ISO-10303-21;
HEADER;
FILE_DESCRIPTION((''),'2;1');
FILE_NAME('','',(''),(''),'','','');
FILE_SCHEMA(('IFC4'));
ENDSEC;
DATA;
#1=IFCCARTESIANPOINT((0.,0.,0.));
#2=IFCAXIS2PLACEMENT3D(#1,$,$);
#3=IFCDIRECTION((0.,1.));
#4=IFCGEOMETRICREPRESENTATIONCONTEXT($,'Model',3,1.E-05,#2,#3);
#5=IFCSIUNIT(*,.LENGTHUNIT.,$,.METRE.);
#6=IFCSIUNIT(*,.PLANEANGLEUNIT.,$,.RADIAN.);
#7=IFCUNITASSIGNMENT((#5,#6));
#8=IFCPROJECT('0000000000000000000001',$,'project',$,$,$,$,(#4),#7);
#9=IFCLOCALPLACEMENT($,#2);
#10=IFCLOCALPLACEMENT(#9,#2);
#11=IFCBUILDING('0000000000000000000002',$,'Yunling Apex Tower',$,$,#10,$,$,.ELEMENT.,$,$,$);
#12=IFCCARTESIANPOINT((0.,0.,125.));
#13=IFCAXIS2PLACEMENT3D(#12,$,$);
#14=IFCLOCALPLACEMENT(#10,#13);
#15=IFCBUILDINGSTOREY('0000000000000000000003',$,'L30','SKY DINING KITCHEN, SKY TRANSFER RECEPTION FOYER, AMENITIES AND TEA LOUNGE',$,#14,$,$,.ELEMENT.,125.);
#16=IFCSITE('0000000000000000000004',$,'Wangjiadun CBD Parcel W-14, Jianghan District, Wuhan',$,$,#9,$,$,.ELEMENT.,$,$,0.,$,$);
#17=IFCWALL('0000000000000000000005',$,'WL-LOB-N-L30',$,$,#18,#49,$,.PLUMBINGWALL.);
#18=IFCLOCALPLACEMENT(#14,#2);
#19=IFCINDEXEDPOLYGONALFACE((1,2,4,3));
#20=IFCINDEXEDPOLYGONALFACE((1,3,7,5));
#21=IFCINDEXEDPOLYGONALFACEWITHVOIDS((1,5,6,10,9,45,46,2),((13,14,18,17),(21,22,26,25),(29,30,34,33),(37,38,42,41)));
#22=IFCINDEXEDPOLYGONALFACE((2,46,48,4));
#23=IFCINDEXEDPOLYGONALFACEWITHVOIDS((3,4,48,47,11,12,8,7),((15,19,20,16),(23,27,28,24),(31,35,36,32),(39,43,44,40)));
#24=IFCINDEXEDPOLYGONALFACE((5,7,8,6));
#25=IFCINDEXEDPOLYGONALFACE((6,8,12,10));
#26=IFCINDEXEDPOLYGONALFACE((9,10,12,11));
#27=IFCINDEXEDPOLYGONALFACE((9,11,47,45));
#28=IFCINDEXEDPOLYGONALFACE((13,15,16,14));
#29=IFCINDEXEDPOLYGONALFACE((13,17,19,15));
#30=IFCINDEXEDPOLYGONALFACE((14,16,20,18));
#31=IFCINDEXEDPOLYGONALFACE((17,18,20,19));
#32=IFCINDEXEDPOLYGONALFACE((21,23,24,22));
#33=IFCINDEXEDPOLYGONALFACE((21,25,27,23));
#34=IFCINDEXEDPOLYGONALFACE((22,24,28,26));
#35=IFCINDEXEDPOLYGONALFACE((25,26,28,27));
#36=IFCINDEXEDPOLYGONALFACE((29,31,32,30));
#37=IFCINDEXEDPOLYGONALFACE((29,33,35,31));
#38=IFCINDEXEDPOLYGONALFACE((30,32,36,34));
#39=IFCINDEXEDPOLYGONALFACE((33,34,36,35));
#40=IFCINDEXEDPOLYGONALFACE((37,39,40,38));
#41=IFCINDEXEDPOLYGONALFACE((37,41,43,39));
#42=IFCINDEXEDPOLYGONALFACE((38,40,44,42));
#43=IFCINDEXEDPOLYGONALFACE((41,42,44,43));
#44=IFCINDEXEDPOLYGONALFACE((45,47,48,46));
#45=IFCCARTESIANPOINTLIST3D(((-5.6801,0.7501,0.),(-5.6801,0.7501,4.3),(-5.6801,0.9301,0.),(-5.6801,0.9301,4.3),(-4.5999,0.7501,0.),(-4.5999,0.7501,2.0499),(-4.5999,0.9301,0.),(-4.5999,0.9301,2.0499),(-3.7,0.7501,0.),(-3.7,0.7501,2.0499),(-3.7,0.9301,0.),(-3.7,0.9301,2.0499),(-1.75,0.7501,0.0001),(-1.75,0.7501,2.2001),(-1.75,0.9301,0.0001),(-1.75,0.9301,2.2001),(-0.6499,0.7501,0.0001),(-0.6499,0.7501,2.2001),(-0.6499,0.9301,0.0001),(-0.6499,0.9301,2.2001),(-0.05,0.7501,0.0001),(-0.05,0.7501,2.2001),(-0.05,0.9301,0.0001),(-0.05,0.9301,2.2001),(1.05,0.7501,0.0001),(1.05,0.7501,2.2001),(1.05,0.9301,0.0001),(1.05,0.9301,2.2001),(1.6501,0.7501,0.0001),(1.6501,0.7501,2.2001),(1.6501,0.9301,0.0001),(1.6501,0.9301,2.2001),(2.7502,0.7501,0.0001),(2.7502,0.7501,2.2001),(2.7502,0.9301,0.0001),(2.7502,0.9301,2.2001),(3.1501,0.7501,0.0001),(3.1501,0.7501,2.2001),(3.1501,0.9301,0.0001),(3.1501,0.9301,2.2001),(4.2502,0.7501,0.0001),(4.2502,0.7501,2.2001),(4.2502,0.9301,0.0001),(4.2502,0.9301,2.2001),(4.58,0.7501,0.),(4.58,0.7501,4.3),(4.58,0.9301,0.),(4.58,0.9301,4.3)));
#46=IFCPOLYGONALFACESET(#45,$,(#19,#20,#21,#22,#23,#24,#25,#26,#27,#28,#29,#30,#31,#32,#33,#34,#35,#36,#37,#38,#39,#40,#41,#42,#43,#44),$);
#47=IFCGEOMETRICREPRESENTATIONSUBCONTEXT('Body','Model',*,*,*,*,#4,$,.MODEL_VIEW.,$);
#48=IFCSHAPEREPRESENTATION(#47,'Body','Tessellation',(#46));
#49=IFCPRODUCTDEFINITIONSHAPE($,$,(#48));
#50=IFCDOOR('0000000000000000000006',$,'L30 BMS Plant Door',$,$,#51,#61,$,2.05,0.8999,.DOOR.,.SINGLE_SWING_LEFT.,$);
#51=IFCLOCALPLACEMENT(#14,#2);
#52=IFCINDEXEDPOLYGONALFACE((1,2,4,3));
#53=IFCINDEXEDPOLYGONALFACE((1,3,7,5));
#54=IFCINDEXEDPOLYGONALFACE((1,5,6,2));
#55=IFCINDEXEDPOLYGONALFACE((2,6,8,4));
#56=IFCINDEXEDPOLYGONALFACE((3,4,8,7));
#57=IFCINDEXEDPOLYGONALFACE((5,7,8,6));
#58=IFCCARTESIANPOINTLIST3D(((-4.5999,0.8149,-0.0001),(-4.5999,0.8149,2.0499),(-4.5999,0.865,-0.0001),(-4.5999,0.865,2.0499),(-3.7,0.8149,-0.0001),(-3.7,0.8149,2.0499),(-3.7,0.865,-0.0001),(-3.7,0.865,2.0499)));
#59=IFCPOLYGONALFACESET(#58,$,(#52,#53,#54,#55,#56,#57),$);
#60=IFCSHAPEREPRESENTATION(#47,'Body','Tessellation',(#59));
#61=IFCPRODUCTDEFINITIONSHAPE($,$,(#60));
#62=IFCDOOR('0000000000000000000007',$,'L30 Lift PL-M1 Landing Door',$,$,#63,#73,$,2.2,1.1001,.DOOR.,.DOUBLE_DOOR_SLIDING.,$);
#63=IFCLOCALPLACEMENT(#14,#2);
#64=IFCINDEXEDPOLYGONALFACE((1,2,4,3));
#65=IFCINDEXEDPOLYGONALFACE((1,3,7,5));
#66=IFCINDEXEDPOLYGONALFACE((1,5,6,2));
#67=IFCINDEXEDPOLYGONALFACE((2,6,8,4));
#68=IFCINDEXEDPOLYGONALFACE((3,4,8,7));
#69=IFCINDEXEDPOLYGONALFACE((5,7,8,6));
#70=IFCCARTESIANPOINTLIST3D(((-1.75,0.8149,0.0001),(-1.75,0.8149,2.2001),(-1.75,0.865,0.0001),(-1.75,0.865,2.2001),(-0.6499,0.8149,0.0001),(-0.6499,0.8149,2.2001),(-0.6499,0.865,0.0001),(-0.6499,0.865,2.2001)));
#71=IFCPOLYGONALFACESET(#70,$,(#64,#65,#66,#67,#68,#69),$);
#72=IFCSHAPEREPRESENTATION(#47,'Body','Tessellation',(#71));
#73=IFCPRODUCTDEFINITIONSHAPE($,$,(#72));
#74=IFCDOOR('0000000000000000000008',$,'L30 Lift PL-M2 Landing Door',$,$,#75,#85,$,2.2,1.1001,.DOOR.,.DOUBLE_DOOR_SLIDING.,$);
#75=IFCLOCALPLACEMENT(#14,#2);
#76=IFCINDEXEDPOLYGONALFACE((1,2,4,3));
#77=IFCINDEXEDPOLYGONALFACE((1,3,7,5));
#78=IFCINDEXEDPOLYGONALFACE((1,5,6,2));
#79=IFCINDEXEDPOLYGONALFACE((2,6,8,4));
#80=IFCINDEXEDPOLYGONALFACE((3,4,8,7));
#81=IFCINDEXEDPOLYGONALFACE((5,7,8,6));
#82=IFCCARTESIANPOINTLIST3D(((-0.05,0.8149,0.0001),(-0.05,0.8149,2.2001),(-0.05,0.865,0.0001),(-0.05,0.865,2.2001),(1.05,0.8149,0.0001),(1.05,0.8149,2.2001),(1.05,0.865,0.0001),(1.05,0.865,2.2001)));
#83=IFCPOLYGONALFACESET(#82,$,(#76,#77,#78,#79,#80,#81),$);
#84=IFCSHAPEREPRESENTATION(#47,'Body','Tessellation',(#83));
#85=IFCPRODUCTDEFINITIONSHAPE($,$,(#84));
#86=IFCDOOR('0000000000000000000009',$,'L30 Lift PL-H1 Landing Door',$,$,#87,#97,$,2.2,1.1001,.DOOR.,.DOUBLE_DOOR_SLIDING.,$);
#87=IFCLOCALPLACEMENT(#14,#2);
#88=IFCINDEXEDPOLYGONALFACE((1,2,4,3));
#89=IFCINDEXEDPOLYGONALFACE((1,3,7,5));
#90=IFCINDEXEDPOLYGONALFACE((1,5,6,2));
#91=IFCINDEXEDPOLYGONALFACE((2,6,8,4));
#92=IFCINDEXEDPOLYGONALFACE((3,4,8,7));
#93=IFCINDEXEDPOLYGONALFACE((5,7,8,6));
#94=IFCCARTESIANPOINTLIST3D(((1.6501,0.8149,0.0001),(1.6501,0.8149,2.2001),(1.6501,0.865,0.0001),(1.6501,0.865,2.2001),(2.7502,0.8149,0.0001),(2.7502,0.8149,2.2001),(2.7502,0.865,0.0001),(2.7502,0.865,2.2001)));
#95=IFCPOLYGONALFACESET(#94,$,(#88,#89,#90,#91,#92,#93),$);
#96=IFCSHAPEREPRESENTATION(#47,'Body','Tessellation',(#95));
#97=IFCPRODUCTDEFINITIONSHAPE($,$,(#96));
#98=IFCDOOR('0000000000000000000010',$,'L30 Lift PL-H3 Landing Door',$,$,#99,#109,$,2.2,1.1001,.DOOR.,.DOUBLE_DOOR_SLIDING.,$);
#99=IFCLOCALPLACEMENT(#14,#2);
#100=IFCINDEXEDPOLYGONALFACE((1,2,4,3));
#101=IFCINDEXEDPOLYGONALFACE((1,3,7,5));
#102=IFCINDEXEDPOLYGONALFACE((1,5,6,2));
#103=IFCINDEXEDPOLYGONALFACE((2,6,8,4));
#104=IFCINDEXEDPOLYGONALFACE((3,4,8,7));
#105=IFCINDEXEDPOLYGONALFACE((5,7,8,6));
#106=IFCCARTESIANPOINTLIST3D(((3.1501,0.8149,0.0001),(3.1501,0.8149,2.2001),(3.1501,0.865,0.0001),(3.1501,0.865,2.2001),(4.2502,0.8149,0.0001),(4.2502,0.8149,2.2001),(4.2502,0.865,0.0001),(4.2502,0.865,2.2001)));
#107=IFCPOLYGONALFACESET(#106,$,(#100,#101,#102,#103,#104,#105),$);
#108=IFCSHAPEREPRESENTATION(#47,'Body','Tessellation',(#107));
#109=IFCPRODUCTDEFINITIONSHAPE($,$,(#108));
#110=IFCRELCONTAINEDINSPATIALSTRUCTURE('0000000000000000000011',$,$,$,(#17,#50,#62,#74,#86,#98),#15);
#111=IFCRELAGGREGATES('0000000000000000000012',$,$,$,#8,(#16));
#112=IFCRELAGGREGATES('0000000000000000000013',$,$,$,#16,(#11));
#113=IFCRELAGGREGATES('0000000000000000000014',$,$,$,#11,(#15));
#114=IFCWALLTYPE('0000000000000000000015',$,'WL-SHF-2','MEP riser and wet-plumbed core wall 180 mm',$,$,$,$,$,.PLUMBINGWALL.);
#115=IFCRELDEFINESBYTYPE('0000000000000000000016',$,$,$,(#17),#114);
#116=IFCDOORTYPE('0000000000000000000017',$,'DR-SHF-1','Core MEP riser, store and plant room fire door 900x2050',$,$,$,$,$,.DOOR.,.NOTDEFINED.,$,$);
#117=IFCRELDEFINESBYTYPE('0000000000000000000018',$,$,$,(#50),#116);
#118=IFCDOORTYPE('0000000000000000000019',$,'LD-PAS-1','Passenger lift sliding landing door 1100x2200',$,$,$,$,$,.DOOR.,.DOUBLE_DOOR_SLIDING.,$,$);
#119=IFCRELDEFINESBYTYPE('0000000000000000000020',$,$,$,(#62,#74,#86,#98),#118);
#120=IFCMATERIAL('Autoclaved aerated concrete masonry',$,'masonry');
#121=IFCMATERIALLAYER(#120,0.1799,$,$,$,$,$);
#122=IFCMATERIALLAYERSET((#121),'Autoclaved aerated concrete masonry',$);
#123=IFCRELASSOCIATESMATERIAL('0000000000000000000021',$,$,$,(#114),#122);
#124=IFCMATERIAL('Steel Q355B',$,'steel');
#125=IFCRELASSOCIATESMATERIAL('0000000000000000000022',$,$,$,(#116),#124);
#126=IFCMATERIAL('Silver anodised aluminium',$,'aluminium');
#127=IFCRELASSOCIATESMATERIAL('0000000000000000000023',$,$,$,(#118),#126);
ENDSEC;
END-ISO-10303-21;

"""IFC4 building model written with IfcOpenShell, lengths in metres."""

from ifc_helpers import new_model, si_unit, direction, frame, frame_2d, origin, place, context, subcontext, project, spatial, rectangle, extrude, material, layer, layer_set, type_object, element, fill, save


model = new_model("IFC4")

# Units and contexts
model_context = context("Model", 3, precision=1e-05, world=origin(), true_north=direction((0.0, 1.0)))
body_context = subcontext(model_context, "Body", "Model", "MODEL_VIEW")
ifc_project = project(units=[si_unit("LENGTHUNIT", "METRE"), si_unit("PLANEANGLEUNIT", "RADIAN")], contexts=[model_context])

# Site, building, storey
site_placement = place(None, origin())
site = spatial("IfcSite", under=ifc_project, at=site_placement, Name="Wangjiadun CBD Parcel W-14, Jianghan District, Wuhan", CompositionType="ELEMENT", RefElevation=0.0)
building_placement = place(site_placement, origin())
building = spatial("IfcBuilding", under=site, at=building_placement, Name="Yunling Apex Tower", CompositionType="ELEMENT")
storey_placement = place(building_placement, frame((0.0, 0.0, 125.0)))
storey = spatial("IfcBuildingStorey", under=building, at=storey_placement, Name="L30", Description="SKY DINING KITCHEN, SKY TRANSFER RECEPTION FOYER, AMENITIES AND TEA LOUNGE", CompositionType="ELEMENT", Elevation=125.0)

# Shared definitions
ifc_material_1 = material(Name="Steel Q355B", Category="steel")

# Shared definitions
ifc_material_2 = material(Name="Autoclaved aerated concrete masonry", Category="masonry")

# Shared definitions
ifc_layer_1 = layer(ifc_material_2, 0.1799)
ifc_layer_set_1 = layer_set([ifc_layer_1], Name="Autoclaved aerated concrete masonry")
wall_type_1 = type_object("IfcWallType", Name="WL-SHF-2", Description="MEP riser and wet-plumbed core wall 180 mm", PredefinedType="PLUMBINGWALL", material=ifc_layer_set_1)

# Wall, openings, doors
wall_1_placement = place(storey_placement, frame((-5.6799, 0.8401, 0.0), z_axis=(0.0, 0.0, 1.0), x_axis=(1.0, 0.0, 0.0)))
wall_1 = element("IfcWall", 1, at=wall_1_placement, inside=storey, type_object=wall_type_1, Name="WL-LOB-N-L30", PredefinedType="PLUMBINGWALL", context=body_context, shape_type="SweptSolid", body=[
    extrude(rectangle(XDim=10.26, YDim=0.1799, at=frame_2d((5.1299, 0.0))), origin(), (0.0, 0.0, 1.0), 4.3),
])
opening_1_placement = place(wall_1_placement, frame((1.0801, 0.0, 0.0)))
opening_1 = element("IfcOpeningElement", 2, at=opening_1_placement, cuts=wall_1, PredefinedType="OPENING", context=body_context, shape_type="SweptSolid", body=[
    extrude(rectangle(XDim=0.8999, YDim=2.05, at=frame_2d((0.45, 1.0249))), frame((0.0, 0.1001, 0.0), z_axis=(0.0, -1.0, 0.0), x_axis=(1.0, 0.0, 0.0)), (0.0, 0.0, 1.0), 0.2),
])
opening_2_placement = place(wall_1_placement, frame((3.9299, 0.0, 0.0)))
opening_2 = element("IfcOpeningElement", 3, at=opening_2_placement, cuts=wall_1, PredefinedType="OPENING", context=body_context, shape_type="SweptSolid", body=[
    extrude(rectangle(XDim=1.1001, YDim=2.2, at=frame_2d((0.55, 1.1001))), frame((0.0, 0.1001, 0.0), z_axis=(0.0, -1.0, 0.0), x_axis=(1.0, 0.0, 0.0)), (0.0, 0.0, 1.0), 0.2),
])
opening_3_placement = place(wall_1_placement, frame((5.6299, 0.0, 0.0)))
opening_3 = element("IfcOpeningElement", 4, at=opening_3_placement, cuts=wall_1, PredefinedType="OPENING", context=body_context, shape_type="SweptSolid", body=[
    extrude(rectangle(XDim=1.1001, YDim=2.2, at=frame_2d((0.55, 1.1001))), frame((0.0, 0.1001, 0.0), z_axis=(0.0, -1.0, 0.0), x_axis=(1.0, 0.0, 0.0)), (0.0, 0.0, 1.0), 0.2),
])
opening_4_placement = place(wall_1_placement, frame((7.3301, 0.0, 0.0)))
opening_4 = element("IfcOpeningElement", 5, at=opening_4_placement, cuts=wall_1, PredefinedType="OPENING", context=body_context, shape_type="SweptSolid", body=[
    extrude(rectangle(XDim=1.1001, YDim=2.2, at=frame_2d((0.55, 1.1001))), frame((0.0, 0.1001, 0.0), z_axis=(0.0, -1.0, 0.0), x_axis=(1.0, 0.0, 0.0)), (0.0, 0.0, 1.0), 0.2),
])
opening_5_placement = place(wall_1_placement, frame((8.8301, 0.0, 0.0)))
opening_5 = element("IfcOpeningElement", 6, at=opening_5_placement, cuts=wall_1, PredefinedType="OPENING", context=body_context, shape_type="SweptSolid", body=[
    extrude(rectangle(XDim=1.1001, YDim=2.2, at=frame_2d((0.55, 1.1001))), frame((0.0, 0.1001, 0.0), z_axis=(0.0, -1.0, 0.0), x_axis=(1.0, 0.0, 0.0)), (0.0, 0.0, 1.0), 0.2),
])
door_type_1 = type_object("IfcDoorType", Name="DR-SHF-1", Description="Core MEP riser, store and plant room fire door 900x2050", OperationType="NOTDEFINED", PredefinedType="DOOR", material=ifc_material_1)
door_1_placement = place(opening_1_placement, origin())
door_1 = element("IfcDoor", 7, at=door_1_placement, inside=storey, type_object=door_type_1, Name="L30 BMS Plant Door", OperationType="SINGLE_SWING_LEFT", OverallHeight=2.05, OverallWidth=0.8999, PredefinedType="DOOR", context=body_context, shape_type="SweptSolid", body=[
    extrude(rectangle(XDim=0.8999, YDim=2.05, at=frame_2d((0.45, 1.0249))), frame((0.0, 0.0249, 0.0), z_axis=(0.0, -1.0, 0.0), x_axis=(1.0, 0.0, 0.0)), (0.0, 0.0, 1.0), 0.05),
])
fill(opening_1, door_1)
ifc_material_3 = material(Name="Silver anodised aluminium", Category="aluminium")
door_type_2 = type_object("IfcDoorType", Name="LD-PAS-1", Description="Passenger lift sliding landing door 1100x2200", OperationType="DOUBLE_DOOR_SLIDING", PredefinedType="DOOR", material=ifc_material_3)
door_2_placement = place(opening_2_placement, origin())
door_2 = element("IfcDoor", 8, at=door_2_placement, inside=storey, type_object=door_type_2, Name="L30 Lift PL-M1 Landing Door", OperationType="DOUBLE_DOOR_SLIDING", OverallHeight=2.2, OverallWidth=1.1001, PredefinedType="DOOR", context=body_context, shape_type="SweptSolid", body=[
    extrude(rectangle(XDim=1.1001, YDim=2.2, at=frame_2d((0.55, 1.1001))), frame((0.0, 0.0249, 0.0), z_axis=(0.0, -1.0, 0.0), x_axis=(1.0, 0.0, 0.0)), (0.0, 0.0, 1.0), 0.05),
])
fill(opening_2, door_2)
door_3_placement = place(opening_3_placement, origin())
door_3 = element("IfcDoor", 9, at=door_3_placement, inside=storey, type_object=door_type_2, Name="L30 Lift PL-M2 Landing Door", OperationType="DOUBLE_DOOR_SLIDING", OverallHeight=2.2, OverallWidth=1.1001, PredefinedType="DOOR", context=body_context, shape_type="SweptSolid", body=[
    extrude(rectangle(XDim=1.1001, YDim=2.2, at=frame_2d((0.55, 1.1001))), frame((0.0, 0.0249, 0.0), z_axis=(0.0, -1.0, 0.0), x_axis=(1.0, 0.0, 0.0)), (0.0, 0.0, 1.0), 0.05),
])
fill(opening_3, door_3)
door_4_placement = place(opening_4_placement, origin())
door_4 = element("IfcDoor", 10, at=door_4_placement, inside=storey, type_object=door_type_2, Name="L30 Lift PL-H1 Landing Door", OperationType="DOUBLE_DOOR_SLIDING", OverallHeight=2.2, OverallWidth=1.1001, PredefinedType="DOOR", context=body_context, shape_type="SweptSolid", body=[
    extrude(rectangle(XDim=1.1001, YDim=2.2, at=frame_2d((0.55, 1.1001))), frame((0.0, 0.0249, 0.0), z_axis=(0.0, -1.0, 0.0), x_axis=(1.0, 0.0, 0.0)), (0.0, 0.0, 1.0), 0.05),
])
fill(opening_4, door_4)
door_5_placement = place(opening_5_placement, origin())
door_5 = element("IfcDoor", 11, at=door_5_placement, inside=storey, type_object=door_type_2, Name="L30 Lift PL-H3 Landing Door", OperationType="DOUBLE_DOOR_SLIDING", OverallHeight=2.2, OverallWidth=1.1001, PredefinedType="DOOR", context=body_context, shape_type="SweptSolid", body=[
    extrude(rectangle(XDim=1.1001, YDim=2.2, at=frame_2d((0.55, 1.1001))), frame((0.0, 0.0249, 0.0), z_axis=(0.0, -1.0, 0.0), x_axis=(1.0, 0.0, 0.0)), (0.0, 0.0, 1.0), 0.05),
])
fill(opening_5, door_5)

save(model, "model.ifc")
